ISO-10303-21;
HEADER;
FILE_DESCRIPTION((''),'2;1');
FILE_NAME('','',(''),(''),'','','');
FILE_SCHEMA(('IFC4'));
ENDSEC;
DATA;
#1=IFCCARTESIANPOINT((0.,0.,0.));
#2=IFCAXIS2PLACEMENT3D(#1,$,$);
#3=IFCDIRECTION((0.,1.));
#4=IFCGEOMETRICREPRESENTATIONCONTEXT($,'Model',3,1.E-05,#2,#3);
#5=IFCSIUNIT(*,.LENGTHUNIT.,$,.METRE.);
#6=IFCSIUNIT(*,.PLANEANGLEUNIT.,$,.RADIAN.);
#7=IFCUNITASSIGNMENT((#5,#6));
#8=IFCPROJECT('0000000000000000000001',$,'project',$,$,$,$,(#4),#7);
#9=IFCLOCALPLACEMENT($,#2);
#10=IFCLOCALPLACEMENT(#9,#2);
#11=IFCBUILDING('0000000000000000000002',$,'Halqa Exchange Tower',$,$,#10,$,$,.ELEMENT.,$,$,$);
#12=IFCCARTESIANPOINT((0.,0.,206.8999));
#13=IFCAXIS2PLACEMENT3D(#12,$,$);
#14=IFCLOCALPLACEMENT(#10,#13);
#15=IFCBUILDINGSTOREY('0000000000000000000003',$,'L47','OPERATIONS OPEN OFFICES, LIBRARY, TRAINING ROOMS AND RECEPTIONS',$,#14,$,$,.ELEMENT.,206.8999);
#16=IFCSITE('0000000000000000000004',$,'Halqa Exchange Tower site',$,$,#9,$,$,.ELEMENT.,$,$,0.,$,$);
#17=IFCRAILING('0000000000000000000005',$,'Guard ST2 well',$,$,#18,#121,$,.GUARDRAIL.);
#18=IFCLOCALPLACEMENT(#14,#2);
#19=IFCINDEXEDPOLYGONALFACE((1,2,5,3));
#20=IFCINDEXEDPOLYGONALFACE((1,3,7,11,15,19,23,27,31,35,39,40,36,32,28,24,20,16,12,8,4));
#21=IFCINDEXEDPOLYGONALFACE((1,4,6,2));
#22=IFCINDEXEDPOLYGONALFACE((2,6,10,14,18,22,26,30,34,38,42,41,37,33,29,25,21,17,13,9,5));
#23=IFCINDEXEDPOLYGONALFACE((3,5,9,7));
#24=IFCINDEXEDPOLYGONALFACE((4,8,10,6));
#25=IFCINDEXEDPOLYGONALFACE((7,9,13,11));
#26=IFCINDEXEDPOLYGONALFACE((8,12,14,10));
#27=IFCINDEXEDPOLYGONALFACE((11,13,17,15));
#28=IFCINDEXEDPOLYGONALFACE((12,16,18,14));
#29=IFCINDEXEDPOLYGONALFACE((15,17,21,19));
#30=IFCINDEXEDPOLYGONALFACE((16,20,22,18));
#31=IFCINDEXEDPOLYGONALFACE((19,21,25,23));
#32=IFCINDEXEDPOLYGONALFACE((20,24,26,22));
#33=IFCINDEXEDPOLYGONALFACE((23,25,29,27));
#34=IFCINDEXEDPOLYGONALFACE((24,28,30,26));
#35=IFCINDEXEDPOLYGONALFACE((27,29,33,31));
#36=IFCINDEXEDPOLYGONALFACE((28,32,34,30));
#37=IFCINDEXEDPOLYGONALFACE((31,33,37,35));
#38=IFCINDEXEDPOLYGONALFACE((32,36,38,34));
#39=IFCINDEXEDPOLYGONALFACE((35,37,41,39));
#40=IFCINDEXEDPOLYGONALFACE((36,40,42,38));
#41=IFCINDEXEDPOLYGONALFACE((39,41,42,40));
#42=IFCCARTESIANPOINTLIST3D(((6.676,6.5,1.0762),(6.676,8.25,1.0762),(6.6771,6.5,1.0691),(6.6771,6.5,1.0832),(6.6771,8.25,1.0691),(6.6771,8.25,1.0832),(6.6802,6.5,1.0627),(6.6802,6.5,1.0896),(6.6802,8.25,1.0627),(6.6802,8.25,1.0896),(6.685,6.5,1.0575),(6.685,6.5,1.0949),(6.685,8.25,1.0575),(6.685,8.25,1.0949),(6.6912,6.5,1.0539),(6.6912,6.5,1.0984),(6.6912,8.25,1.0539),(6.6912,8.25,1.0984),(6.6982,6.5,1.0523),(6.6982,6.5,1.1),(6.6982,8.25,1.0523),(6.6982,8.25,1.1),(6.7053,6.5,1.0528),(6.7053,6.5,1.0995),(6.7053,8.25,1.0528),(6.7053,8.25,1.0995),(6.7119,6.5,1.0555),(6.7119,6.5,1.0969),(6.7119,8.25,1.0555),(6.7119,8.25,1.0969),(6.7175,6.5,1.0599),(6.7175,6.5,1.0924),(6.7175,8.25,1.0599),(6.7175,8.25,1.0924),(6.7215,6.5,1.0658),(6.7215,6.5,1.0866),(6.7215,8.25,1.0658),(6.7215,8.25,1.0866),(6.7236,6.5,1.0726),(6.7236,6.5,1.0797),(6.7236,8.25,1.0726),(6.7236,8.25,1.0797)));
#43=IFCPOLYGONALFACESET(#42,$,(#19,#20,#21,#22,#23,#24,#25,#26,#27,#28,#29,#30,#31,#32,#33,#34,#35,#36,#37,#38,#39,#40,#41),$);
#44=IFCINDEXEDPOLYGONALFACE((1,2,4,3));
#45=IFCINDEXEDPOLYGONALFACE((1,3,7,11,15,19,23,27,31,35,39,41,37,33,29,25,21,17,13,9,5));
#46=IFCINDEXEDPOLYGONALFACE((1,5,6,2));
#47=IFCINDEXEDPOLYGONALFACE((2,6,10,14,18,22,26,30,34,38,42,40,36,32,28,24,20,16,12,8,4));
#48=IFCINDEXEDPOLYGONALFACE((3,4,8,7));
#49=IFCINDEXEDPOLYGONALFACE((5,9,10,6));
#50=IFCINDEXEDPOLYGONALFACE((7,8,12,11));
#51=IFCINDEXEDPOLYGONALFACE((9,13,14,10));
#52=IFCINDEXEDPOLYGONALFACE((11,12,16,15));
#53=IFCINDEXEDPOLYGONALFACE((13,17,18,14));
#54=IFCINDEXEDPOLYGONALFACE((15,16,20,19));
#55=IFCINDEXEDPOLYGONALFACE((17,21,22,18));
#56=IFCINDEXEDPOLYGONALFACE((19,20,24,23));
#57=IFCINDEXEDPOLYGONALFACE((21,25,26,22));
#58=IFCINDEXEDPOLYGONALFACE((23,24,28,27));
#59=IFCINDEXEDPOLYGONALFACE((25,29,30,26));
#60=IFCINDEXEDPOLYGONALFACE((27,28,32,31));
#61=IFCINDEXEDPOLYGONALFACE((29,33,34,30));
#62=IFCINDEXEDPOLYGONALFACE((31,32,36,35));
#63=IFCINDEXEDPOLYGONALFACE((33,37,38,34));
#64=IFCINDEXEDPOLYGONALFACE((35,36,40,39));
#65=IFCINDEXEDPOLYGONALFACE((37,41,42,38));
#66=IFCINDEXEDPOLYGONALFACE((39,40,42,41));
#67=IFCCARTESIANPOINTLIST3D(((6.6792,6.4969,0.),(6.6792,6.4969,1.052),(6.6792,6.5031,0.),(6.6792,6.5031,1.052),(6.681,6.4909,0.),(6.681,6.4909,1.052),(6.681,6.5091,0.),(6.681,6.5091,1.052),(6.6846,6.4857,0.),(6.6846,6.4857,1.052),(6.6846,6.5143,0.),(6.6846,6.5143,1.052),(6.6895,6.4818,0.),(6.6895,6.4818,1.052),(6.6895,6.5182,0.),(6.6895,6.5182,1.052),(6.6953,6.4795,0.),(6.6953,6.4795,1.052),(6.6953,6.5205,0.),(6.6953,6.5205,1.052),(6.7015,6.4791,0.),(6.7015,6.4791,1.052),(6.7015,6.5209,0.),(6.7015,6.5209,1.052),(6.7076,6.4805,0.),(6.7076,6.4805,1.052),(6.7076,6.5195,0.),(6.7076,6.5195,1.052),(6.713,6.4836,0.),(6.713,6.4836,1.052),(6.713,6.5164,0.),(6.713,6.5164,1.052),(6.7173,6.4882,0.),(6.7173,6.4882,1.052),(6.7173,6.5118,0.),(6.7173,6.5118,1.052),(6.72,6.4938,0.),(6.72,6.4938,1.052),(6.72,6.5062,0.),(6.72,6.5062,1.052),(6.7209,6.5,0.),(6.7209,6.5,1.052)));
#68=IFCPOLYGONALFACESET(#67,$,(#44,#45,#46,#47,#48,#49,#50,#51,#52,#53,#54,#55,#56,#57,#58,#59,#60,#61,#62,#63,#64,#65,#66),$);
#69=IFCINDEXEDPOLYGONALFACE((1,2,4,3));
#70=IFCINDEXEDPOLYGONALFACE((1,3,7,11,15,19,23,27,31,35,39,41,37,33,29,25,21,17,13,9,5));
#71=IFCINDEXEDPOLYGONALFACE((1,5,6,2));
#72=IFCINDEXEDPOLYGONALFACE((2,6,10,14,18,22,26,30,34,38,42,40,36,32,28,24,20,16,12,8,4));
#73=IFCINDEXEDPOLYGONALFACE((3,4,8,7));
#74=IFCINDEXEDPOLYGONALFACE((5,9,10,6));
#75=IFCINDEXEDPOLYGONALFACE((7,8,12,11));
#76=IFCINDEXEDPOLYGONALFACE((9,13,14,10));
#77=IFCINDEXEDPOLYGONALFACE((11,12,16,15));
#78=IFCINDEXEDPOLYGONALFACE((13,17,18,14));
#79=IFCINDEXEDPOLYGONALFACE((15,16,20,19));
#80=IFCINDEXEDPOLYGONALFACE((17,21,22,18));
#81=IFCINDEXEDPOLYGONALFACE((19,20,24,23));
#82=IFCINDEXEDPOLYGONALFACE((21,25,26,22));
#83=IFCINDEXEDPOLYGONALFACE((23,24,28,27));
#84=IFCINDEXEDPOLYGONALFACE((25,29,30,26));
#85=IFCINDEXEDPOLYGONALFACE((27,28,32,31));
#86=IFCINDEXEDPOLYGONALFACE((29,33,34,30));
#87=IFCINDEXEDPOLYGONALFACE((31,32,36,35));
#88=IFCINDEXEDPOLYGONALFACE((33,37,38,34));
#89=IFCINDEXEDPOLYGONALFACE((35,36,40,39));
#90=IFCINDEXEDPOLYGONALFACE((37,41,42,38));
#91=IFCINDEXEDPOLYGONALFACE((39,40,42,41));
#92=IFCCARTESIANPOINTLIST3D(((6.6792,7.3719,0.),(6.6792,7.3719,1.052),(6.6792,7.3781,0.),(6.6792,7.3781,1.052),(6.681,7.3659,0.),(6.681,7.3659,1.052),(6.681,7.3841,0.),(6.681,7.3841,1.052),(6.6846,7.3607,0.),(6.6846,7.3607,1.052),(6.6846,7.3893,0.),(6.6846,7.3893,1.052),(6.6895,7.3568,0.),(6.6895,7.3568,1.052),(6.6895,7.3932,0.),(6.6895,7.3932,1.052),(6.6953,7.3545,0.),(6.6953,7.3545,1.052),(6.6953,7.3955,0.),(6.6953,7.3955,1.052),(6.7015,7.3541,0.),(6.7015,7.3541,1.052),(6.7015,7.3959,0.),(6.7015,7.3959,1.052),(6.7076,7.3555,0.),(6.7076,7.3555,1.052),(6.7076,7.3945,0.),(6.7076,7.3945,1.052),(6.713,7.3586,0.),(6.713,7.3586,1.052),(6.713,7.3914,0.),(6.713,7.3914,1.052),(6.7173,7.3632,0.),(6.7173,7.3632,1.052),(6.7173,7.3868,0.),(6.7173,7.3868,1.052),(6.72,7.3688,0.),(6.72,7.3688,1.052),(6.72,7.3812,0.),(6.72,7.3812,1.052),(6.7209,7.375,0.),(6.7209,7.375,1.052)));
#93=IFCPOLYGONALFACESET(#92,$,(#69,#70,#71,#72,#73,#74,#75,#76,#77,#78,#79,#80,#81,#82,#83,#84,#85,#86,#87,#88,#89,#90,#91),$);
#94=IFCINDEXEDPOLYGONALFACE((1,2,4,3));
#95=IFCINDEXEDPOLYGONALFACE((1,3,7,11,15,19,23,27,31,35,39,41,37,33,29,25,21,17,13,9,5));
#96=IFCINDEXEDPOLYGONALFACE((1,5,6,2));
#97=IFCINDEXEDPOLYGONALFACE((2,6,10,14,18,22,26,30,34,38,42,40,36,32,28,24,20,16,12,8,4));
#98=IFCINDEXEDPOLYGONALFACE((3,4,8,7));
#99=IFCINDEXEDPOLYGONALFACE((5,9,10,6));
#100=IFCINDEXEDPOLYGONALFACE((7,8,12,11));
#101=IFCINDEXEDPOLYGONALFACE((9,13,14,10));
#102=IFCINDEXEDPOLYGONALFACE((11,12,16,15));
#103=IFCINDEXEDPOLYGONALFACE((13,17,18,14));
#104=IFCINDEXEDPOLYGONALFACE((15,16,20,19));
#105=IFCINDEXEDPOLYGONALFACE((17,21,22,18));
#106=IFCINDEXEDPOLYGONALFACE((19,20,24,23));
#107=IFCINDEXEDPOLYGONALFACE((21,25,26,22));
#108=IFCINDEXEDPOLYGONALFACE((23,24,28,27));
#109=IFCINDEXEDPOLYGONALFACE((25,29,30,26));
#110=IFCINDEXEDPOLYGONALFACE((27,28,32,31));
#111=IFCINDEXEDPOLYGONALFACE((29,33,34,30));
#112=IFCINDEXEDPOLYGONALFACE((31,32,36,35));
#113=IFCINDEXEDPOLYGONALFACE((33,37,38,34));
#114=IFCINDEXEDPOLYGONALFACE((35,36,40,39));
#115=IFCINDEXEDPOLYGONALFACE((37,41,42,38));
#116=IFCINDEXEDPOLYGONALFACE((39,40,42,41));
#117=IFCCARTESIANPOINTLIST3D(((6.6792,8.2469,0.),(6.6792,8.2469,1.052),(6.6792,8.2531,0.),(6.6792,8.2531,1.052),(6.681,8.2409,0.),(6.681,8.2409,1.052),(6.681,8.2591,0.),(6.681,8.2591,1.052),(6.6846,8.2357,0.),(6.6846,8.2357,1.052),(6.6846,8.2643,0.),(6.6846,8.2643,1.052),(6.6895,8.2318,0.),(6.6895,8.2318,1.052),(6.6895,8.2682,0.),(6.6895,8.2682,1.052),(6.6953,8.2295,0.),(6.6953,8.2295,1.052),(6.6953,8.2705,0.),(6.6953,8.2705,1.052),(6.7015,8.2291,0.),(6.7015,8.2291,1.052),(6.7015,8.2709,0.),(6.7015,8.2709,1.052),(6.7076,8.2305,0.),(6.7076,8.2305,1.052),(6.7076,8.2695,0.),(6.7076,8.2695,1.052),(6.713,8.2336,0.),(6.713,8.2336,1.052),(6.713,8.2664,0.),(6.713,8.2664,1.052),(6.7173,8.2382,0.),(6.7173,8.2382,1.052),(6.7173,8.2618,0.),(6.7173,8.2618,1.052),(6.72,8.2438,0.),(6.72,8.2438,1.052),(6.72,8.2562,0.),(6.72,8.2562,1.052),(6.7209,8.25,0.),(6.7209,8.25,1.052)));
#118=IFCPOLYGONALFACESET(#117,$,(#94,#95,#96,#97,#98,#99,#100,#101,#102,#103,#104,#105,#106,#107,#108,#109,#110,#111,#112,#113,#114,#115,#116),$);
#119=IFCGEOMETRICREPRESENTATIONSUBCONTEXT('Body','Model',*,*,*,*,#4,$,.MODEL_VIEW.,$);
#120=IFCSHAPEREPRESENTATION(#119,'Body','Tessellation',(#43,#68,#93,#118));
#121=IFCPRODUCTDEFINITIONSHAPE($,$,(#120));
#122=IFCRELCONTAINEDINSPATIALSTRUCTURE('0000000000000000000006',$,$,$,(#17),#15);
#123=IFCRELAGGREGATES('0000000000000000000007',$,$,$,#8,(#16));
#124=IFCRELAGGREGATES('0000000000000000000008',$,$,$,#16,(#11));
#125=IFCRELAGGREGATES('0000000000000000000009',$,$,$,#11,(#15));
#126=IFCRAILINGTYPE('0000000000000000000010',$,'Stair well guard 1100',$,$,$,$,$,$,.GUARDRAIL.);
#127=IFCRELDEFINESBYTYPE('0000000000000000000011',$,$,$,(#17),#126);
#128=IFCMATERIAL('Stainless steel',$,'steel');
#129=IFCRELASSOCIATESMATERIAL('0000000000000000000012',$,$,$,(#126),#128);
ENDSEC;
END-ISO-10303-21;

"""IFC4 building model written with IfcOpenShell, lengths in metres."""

from ifc_helpers import new_model, si_unit, direction, frame, origin, origin_2d, place, context, subcontext, project, spatial, circle, extrude, material, type_object, element, save


model = new_model("IFC4")

# Units and contexts
model_context = context("Model", 3, precision=1e-05, world=origin(), true_north=direction((0.0, 1.0)))
body_context = subcontext(model_context, "Body", "Model", "MODEL_VIEW")
ifc_project = project(units=[si_unit("LENGTHUNIT", "METRE"), si_unit("PLANEANGLEUNIT", "RADIAN")], contexts=[model_context])

# Site, building, storey
site_placement = place(None, origin())
site = spatial("IfcSite", under=ifc_project, at=site_placement, Name="Halqa Exchange Tower site", CompositionType="ELEMENT", RefElevation=0.0)
building_placement = place(site_placement, origin())
building = spatial("IfcBuilding", under=site, at=building_placement, Name="Halqa Exchange Tower", CompositionType="ELEMENT")
storey_placement = place(building_placement, frame((0.0, 0.0, 206.8999)))
storey = spatial("IfcBuildingStorey", under=building, at=storey_placement, Name="L47", Description="OPERATIONS OPEN OFFICES, LIBRARY, TRAINING ROOMS AND RECEPTIONS", CompositionType="ELEMENT", Elevation=206.8999)

# Railing
ifc_material_1 = material(Name="Stainless steel", Category="steel")
railing_type_1 = type_object("IfcRailingType", Name="Stair well guard 1100", PredefinedType="GUARDRAIL", material=ifc_material_1)
railing_1_placement = place(storey_placement, frame((6.7, 6.5, 0.0)))
element("IfcRailing", 1, at=railing_1_placement, inside=storey, type_object=railing_type_1, Name="Guard ST2 well", PredefinedType="GUARDRAIL", context=body_context, shape_type="SweptSolid", body=[
    extrude(circle(Radius=0.0239, at=origin_2d()), frame((0.0, 0.0, 1.0762), z_axis=(0.0, 1.0, 0.0), x_axis=(-1.0, 0.0, 0.0)), (0.0, 0.0, 1.0), 1.75),
    extrude(circle(Radius=0.021, at=origin_2d()), origin(), (0.0, 0.0, 1.0), 1.052),
    extrude(circle(Radius=0.021, at=origin_2d()), frame((0.0, 0.875, 0.0)), (0.0, 0.0, 1.0), 1.052),
    extrude(circle(Radius=0.021, at=origin_2d()), frame((0.0, 1.75, 0.0)), (0.0, 0.0, 1.0), 1.052),
])

save(model, "model.ifc")
